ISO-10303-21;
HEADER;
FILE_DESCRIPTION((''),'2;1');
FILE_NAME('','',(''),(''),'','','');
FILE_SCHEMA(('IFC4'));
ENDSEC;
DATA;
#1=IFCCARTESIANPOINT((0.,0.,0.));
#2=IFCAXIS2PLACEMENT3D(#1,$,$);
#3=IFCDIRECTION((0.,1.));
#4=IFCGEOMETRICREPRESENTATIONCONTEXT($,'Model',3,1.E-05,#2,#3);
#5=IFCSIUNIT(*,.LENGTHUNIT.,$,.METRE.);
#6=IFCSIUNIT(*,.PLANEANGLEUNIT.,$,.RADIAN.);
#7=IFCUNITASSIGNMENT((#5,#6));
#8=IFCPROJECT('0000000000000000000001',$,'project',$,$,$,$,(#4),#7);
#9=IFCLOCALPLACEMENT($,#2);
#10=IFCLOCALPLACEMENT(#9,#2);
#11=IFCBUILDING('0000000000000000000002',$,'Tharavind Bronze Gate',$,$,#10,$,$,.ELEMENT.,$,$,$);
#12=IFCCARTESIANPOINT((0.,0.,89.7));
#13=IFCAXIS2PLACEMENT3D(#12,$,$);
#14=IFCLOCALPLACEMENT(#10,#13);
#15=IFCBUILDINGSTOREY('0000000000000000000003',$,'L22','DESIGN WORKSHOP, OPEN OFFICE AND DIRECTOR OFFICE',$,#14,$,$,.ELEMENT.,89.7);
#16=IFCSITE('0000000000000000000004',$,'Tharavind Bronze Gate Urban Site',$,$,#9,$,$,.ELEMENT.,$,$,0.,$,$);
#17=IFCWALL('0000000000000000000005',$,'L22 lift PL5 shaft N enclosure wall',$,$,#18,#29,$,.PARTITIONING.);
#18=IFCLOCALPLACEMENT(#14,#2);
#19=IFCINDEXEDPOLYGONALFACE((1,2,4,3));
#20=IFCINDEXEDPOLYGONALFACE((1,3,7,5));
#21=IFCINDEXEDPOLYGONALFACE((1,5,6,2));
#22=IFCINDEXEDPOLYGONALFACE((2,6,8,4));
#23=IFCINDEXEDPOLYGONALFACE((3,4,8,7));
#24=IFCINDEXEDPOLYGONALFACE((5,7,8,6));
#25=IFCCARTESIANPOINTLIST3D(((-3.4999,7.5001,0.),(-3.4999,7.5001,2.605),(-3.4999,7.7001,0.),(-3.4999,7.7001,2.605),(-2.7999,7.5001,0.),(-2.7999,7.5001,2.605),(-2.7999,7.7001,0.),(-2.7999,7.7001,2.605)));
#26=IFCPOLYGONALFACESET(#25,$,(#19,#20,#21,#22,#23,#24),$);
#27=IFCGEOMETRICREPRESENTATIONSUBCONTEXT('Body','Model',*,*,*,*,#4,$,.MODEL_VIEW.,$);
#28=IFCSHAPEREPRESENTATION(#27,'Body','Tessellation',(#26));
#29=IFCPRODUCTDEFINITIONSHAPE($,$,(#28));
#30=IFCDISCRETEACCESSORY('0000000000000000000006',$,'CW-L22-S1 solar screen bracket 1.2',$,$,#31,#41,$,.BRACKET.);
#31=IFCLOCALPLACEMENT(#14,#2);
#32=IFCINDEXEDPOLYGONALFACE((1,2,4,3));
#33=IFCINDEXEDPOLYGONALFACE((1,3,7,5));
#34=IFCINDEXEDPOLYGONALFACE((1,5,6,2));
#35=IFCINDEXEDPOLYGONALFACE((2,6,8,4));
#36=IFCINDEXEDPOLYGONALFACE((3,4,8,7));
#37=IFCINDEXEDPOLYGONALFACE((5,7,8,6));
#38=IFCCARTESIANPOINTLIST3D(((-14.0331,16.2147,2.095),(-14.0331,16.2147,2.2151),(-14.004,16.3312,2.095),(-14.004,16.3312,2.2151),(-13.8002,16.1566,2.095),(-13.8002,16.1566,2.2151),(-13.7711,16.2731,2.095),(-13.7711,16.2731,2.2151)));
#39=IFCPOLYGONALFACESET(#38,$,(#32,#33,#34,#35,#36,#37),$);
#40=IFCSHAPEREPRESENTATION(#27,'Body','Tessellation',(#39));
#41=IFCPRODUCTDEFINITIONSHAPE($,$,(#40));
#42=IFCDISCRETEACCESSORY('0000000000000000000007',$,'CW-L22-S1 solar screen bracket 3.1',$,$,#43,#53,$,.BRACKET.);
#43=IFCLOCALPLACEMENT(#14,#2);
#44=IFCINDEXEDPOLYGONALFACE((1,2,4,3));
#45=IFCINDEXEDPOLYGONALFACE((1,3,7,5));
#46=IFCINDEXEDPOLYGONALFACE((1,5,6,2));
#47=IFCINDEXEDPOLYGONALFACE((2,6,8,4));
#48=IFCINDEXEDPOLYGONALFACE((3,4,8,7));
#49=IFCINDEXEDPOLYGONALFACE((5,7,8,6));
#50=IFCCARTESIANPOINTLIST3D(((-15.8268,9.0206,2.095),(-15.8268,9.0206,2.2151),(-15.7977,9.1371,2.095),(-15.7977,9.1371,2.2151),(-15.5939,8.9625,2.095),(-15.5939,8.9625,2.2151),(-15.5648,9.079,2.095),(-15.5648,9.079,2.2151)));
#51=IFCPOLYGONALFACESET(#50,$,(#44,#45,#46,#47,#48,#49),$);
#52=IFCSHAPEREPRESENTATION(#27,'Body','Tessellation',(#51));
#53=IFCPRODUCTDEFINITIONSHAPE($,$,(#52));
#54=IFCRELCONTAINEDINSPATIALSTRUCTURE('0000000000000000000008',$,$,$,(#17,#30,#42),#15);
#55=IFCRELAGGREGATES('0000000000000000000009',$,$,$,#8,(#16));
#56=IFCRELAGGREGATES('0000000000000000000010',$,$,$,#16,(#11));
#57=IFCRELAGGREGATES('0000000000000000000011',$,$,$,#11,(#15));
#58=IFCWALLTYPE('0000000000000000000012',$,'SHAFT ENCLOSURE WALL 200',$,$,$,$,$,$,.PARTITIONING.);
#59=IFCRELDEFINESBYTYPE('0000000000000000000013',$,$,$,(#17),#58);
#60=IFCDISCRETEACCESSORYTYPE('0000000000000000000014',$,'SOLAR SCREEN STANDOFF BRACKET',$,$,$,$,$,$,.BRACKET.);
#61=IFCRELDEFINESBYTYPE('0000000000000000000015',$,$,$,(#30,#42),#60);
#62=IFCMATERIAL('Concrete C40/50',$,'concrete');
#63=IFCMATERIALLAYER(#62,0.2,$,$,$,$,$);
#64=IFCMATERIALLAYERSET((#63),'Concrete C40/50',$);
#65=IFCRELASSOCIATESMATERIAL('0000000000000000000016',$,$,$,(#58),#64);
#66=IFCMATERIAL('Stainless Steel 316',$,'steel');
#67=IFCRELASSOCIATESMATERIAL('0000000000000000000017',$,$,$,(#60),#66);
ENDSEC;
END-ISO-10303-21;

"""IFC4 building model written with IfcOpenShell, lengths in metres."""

from ifc_helpers import new_model, si_unit, direction, frame, frame_2d, origin, origin_2d, place, context, subcontext, project, spatial, rectangle, extrude, material, layer, layer_set, type_object, element, save


model = new_model("IFC4")

# Units and contexts
model_context = context("Model", 3, precision=1e-05, world=origin(), true_north=direction((0.0, 1.0)))
body_context = subcontext(model_context, "Body", "Model", "MODEL_VIEW")
ifc_project = project(units=[si_unit("LENGTHUNIT", "METRE"), si_unit("PLANEANGLEUNIT", "RADIAN")], contexts=[model_context])

# Site, building, storey
site_placement = place(None, origin())
site = spatial("IfcSite", under=ifc_project, at=site_placement, Name="Tharavind Bronze Gate Urban Site", CompositionType="ELEMENT", RefElevation=0.0)
building_placement = place(site_placement, origin())
building = spatial("IfcBuilding", under=site, at=building_placement, Name="Tharavind Bronze Gate", CompositionType="ELEMENT")
storey_placement = place(building_placement, frame((0.0, 0.0, 89.7)))
storey = spatial("IfcBuildingStorey", under=building, at=storey_placement, Name="L22", Description="DESIGN WORKSHOP, OPEN OFFICE AND DIRECTOR OFFICE", CompositionType="ELEMENT", Elevation=89.7)

# Shared definitions
ifc_material_1 = material(Name="Concrete C40/50", Category="concrete")

# Wall
ifc_layer_1 = layer(ifc_material_1, 0.2)
ifc_layer_set_1 = layer_set([ifc_layer_1], Name="Concrete C40/50")
wall_type_1 = type_object("IfcWallType", Name="SHAFT ENCLOSURE WALL 200", PredefinedType="PARTITIONING", material=ifc_layer_set_1)
wall_1_placement = place(storey_placement, frame((-3.5, 7.6001, 0.0), z_axis=(0.0, 0.0, 1.0), x_axis=(1.0, 0.0, 0.0)))
element("IfcWall", 1, at=wall_1_placement, inside=storey, type_object=wall_type_1, Name="L22 lift PL5 shaft N enclosure wall", PredefinedType="PARTITIONING", context=body_context, shape_type="SweptSolid", body=[
    extrude(rectangle(XDim=0.7, YDim=0.2, at=frame_2d((0.3501, 0.0))), origin(), (0.0, 0.0, 1.0), 2.605),
])

# Discrete accessories
ifc_material_2 = material(Name="Stainless Steel 316", Category="steel")
discrete_accessory_type = type_object("IfcDiscreteAccessoryType", Name="SOLAR SCREEN STANDOFF BRACKET", PredefinedType="BRACKET", material=ifc_material_2)
for number, where, z_axis, x_axis, name in (
    (2, (-13.9021, 16.2439, 2.095), (0.0, 0.0, 1.0), (-0.241922, -0.970296, 0.0), "CW-L22-S1 solar screen bracket 1.2"),
    (3, (-15.6958, 9.0498, 2.095), (0.0, 0.0, 1.0), (-0.241922, -0.970296, 0.0), "CW-L22-S1 solar screen bracket 3.1"),
):
    element("IfcDiscreteAccessory", number, at=place(storey_placement, frame(where, z_axis=z_axis, x_axis=x_axis)), inside=storey, type_object=discrete_accessory_type, Name=name, PredefinedType="BRACKET", context=body_context, shape_type="SweptSolid", body=[
        extrude(rectangle(XDim=0.1201, YDim=0.24, at=origin_2d()), origin(), (0.0, 0.0, 1.0), 0.1201),
    ])

save(model, "model.ifc")
